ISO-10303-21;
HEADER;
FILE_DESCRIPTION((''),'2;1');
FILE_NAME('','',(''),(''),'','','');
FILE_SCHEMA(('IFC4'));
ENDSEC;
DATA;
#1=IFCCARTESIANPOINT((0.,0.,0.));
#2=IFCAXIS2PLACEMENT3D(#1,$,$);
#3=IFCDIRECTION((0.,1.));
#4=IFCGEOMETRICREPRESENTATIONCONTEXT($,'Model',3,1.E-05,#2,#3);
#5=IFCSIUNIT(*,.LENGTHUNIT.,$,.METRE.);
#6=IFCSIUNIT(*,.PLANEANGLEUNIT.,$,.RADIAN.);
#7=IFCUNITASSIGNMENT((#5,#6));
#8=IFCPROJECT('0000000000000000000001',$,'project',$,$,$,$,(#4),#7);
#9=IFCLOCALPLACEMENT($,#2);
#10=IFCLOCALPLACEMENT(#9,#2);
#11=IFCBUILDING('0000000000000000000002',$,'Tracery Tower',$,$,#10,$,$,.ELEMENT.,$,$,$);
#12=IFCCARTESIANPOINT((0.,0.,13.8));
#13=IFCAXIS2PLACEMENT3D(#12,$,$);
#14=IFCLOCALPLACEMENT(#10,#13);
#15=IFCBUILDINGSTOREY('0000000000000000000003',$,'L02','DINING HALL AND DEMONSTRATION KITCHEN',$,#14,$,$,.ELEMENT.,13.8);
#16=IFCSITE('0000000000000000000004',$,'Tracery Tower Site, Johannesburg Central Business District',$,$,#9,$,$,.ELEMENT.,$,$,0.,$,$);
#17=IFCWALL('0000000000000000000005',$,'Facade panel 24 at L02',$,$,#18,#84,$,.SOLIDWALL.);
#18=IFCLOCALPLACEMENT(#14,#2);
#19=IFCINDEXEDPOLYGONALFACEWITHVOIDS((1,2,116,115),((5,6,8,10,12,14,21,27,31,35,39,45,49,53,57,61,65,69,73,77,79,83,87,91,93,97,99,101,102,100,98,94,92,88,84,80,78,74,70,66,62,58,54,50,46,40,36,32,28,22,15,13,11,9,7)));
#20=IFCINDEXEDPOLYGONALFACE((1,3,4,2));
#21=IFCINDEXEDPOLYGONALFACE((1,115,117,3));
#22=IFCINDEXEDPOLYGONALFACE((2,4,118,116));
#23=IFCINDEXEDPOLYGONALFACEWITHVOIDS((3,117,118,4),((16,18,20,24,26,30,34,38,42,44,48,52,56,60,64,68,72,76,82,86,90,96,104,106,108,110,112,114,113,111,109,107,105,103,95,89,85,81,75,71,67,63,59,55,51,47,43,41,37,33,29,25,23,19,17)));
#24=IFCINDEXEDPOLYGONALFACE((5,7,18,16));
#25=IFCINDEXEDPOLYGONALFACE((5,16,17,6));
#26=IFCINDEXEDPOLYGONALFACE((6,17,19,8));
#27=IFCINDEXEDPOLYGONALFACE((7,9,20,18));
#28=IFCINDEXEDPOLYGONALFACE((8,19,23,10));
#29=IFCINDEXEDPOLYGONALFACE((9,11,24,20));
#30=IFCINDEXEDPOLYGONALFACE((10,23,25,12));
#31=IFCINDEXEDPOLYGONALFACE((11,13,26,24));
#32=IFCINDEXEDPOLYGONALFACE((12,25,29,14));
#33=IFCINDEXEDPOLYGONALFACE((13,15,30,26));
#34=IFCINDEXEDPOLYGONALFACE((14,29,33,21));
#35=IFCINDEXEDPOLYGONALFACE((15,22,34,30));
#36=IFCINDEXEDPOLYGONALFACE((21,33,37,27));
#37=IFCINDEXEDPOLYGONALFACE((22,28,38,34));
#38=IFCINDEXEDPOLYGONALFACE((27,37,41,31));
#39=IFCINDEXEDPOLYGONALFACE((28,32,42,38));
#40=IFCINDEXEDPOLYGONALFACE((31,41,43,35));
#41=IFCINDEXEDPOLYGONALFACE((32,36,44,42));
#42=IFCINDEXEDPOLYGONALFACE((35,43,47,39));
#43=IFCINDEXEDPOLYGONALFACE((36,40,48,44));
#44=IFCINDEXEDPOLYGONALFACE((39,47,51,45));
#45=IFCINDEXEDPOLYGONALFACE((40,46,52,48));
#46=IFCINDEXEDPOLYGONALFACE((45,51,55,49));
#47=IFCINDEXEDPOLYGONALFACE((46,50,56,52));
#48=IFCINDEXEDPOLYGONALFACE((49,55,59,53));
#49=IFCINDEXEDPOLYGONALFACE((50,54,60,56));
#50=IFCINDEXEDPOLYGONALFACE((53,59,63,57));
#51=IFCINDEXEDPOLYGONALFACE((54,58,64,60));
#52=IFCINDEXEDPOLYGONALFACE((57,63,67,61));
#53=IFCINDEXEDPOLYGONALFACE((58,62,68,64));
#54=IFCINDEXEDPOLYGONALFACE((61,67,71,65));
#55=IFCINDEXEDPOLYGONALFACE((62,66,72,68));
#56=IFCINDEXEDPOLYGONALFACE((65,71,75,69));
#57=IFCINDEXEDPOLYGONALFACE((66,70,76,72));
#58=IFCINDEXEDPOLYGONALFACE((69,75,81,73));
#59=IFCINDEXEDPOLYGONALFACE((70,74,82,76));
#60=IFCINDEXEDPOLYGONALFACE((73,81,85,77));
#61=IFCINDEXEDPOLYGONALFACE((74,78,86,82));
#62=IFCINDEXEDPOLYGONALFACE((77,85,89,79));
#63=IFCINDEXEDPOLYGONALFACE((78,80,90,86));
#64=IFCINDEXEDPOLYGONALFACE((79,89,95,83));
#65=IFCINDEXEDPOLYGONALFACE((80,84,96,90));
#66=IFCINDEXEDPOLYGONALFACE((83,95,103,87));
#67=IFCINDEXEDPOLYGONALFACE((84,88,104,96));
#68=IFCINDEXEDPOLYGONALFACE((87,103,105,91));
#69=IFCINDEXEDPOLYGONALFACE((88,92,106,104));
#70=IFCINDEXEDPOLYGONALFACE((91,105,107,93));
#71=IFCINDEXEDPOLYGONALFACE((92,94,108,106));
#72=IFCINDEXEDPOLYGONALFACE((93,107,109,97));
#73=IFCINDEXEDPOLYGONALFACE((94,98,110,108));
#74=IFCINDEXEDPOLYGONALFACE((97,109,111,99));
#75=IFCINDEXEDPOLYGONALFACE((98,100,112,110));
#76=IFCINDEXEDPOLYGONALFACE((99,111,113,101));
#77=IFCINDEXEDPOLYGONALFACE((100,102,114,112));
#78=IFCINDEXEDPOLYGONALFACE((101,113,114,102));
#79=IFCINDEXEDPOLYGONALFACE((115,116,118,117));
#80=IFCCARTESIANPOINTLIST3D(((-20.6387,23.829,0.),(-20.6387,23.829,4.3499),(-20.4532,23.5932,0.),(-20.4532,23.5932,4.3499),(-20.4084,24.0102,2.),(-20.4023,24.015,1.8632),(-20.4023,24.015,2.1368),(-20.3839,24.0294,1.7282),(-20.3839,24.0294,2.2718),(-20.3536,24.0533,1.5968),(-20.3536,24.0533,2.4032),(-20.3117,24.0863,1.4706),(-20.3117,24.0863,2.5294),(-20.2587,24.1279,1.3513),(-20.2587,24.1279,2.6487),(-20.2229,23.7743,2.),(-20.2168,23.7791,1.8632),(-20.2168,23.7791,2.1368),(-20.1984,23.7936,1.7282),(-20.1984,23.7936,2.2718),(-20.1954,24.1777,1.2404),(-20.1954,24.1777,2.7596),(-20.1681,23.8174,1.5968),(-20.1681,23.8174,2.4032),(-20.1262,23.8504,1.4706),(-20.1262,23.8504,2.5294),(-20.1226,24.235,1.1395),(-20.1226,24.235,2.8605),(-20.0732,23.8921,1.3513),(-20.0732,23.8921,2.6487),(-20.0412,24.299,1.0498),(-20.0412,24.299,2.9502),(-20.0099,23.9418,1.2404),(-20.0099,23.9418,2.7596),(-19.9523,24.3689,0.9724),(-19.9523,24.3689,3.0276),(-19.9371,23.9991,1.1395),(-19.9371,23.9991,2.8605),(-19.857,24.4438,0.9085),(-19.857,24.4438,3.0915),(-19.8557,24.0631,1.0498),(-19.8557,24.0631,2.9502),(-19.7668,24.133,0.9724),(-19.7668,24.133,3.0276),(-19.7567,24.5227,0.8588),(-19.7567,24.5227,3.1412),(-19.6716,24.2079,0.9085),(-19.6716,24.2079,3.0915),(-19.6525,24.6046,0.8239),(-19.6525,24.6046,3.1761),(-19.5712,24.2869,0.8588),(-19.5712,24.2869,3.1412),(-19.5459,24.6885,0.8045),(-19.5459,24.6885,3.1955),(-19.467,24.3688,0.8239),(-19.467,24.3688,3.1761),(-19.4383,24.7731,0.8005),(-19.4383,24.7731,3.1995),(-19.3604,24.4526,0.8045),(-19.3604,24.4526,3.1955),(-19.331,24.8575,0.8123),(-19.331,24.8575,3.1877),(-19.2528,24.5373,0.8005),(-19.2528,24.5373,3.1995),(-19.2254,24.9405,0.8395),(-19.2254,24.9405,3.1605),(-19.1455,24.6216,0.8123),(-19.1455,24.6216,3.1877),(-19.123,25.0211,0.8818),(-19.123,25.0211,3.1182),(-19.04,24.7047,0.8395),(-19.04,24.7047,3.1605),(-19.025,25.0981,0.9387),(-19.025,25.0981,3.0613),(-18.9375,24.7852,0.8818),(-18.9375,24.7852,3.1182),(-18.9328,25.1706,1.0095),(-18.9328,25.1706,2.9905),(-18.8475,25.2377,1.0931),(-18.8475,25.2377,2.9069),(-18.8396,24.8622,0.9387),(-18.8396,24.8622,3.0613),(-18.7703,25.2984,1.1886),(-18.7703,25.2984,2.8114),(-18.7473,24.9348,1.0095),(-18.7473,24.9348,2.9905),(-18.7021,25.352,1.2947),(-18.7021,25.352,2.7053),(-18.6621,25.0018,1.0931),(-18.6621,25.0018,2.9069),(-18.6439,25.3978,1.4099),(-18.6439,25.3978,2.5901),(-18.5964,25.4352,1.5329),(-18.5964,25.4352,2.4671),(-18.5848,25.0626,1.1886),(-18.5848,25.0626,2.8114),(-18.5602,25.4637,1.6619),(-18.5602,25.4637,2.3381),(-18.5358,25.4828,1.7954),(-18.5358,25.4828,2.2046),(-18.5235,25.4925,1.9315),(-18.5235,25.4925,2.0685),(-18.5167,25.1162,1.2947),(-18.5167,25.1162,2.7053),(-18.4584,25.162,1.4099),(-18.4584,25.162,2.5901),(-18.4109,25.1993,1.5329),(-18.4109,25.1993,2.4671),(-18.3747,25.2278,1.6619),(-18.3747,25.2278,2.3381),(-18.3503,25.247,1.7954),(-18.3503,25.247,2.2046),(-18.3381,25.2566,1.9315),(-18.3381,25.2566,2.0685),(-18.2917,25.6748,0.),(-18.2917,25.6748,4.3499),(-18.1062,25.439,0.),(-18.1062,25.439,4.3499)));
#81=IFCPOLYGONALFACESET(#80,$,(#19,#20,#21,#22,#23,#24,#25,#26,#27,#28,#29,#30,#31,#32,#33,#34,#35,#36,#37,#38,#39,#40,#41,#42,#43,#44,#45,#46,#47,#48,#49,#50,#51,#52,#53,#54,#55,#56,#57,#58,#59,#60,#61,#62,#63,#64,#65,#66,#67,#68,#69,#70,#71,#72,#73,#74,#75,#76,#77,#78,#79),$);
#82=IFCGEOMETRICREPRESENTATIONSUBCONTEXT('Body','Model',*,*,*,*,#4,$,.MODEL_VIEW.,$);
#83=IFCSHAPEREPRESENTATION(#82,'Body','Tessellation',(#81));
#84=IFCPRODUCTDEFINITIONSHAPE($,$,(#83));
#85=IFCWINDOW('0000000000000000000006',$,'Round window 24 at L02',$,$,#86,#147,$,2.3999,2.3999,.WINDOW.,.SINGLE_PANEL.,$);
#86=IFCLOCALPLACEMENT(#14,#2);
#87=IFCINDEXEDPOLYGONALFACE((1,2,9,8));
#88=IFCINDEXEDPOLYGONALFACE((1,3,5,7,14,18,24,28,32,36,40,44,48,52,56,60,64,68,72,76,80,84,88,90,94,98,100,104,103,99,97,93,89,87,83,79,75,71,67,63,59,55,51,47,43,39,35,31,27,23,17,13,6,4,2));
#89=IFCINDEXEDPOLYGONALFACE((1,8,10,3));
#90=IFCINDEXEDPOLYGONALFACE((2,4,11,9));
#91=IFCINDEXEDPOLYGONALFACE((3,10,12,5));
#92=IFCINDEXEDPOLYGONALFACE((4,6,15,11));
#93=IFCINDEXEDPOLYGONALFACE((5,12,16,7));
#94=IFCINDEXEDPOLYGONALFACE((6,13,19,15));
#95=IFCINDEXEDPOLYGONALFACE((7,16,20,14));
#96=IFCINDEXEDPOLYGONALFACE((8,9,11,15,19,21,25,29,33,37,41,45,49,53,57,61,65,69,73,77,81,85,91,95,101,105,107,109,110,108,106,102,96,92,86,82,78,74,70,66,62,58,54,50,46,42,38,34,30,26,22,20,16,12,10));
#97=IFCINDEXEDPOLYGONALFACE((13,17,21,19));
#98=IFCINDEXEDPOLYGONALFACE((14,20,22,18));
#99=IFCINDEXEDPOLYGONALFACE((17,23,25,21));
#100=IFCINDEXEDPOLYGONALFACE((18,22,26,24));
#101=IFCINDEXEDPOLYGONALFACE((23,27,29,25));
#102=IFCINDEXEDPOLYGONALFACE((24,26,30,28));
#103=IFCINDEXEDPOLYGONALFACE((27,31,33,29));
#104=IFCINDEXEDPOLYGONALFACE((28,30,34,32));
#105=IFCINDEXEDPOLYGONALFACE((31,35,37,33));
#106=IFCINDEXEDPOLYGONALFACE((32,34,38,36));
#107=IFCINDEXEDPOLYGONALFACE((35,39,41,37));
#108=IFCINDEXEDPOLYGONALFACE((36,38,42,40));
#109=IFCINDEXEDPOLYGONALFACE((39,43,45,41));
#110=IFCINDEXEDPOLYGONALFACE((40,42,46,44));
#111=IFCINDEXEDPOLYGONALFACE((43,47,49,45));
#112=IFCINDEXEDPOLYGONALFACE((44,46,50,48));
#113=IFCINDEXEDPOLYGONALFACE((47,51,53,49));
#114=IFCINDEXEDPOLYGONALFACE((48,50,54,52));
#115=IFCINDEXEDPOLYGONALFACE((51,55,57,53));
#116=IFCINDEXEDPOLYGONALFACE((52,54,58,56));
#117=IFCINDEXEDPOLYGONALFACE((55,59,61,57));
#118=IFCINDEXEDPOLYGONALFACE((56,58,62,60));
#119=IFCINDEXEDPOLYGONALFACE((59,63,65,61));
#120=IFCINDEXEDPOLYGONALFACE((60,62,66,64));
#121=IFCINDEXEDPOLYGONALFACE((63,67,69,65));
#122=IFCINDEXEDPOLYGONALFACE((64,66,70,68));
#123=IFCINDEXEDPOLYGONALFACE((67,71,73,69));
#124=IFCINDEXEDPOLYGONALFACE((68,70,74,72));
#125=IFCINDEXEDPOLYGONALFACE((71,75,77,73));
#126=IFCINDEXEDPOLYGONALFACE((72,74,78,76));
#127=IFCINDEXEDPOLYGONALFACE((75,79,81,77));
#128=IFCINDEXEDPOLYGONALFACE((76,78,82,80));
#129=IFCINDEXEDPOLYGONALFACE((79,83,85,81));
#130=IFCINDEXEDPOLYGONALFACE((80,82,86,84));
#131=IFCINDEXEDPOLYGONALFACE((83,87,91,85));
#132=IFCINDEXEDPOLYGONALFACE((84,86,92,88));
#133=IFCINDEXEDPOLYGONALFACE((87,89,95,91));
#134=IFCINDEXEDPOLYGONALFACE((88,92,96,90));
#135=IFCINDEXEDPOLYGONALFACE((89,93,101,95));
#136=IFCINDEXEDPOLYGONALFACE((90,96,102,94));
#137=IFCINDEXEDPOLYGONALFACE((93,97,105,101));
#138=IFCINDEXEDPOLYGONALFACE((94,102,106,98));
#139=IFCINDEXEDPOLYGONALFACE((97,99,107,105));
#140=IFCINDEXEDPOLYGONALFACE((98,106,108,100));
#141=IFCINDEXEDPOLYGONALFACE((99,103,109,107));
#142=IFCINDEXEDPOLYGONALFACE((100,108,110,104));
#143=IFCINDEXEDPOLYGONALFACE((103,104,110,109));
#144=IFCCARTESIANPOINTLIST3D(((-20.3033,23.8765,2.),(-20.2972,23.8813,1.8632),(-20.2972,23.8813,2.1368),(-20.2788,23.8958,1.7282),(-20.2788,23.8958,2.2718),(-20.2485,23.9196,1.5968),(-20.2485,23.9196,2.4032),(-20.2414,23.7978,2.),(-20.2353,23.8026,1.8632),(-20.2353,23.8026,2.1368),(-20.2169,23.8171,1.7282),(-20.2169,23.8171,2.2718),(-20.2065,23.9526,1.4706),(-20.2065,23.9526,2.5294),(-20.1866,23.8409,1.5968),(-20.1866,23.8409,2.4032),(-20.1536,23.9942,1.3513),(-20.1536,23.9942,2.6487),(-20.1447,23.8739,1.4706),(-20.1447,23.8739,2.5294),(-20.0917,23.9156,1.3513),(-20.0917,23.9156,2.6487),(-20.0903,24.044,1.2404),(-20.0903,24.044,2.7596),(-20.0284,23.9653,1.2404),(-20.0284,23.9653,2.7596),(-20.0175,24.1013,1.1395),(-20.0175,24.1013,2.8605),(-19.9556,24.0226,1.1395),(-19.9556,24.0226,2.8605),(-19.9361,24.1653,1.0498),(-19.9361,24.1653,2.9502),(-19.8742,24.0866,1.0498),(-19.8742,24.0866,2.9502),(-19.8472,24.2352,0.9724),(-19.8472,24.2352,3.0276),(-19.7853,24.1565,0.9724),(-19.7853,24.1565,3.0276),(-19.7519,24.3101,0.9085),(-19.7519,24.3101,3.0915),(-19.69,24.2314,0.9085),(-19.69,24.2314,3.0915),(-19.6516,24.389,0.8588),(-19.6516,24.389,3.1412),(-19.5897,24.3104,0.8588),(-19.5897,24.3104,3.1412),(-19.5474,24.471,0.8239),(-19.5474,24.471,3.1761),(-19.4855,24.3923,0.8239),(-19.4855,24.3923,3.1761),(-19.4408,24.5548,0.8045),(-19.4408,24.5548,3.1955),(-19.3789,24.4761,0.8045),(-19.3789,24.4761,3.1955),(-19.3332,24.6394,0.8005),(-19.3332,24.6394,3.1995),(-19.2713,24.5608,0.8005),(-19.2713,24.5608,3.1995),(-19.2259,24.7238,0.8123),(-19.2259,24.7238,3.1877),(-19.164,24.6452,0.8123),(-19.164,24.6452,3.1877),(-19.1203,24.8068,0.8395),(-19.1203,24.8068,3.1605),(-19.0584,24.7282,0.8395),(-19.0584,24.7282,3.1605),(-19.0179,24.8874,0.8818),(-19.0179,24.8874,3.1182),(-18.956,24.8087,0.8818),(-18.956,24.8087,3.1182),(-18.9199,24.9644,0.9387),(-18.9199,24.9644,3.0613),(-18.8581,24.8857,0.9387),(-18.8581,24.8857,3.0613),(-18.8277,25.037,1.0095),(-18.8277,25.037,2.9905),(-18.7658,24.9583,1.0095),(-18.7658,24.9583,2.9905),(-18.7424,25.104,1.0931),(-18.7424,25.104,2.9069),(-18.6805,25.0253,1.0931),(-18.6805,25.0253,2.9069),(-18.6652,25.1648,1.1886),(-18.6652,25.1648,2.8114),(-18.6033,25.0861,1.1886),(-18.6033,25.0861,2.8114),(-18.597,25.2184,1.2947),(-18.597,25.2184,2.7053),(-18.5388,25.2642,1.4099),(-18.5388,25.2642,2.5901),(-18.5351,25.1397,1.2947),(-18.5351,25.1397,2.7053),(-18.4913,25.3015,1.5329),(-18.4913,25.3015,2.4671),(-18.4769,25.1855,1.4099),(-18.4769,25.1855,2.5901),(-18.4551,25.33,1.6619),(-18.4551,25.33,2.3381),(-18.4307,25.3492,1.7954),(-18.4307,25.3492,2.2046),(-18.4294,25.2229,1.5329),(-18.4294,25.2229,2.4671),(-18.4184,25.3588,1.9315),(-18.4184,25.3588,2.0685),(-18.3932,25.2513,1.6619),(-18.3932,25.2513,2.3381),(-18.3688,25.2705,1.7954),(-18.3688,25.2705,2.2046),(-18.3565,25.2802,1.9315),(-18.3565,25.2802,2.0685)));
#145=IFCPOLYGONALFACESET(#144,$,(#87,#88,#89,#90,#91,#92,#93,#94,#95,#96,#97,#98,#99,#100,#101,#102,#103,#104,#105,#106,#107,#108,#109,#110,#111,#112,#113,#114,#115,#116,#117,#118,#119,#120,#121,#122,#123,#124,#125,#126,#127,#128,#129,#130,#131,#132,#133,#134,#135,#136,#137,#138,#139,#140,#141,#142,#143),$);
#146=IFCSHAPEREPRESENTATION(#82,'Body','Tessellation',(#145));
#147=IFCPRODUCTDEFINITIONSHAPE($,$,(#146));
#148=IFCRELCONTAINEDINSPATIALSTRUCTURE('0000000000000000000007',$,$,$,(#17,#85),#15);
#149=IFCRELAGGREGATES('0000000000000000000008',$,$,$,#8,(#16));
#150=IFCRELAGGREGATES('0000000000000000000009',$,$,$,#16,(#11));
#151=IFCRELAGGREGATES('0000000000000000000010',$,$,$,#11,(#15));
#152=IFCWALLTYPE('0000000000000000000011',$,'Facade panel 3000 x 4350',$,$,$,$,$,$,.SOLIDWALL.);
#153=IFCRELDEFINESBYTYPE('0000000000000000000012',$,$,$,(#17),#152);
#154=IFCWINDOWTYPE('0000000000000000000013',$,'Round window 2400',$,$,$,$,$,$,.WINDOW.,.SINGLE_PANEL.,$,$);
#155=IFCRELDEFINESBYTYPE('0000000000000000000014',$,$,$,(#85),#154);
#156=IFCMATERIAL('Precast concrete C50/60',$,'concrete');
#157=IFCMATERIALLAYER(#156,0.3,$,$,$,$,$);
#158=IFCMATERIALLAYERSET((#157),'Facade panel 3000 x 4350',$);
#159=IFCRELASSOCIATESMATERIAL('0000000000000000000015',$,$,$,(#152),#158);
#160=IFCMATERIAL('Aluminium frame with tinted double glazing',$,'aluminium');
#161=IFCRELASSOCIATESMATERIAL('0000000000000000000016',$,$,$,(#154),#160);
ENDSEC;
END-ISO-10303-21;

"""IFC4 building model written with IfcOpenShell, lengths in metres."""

from ifc_helpers import new_model, si_unit, direction, frame, frame_2d, origin, origin_2d, place, context, subcontext, project, spatial, rectangle, circle, extrude, material, layer, layer_set, type_object, element, fill, save


model = new_model("IFC4")

# Units and contexts
model_context = context("Model", 3, precision=1e-05, world=origin(), true_north=direction((0.0, 1.0)))
body_context = subcontext(model_context, "Body", "Model", "MODEL_VIEW")
ifc_project = project(units=[si_unit("LENGTHUNIT", "METRE"), si_unit("PLANEANGLEUNIT", "RADIAN")], contexts=[model_context])

# Site, building, storey
site_placement = place(None, origin())
site = spatial("IfcSite", under=ifc_project, at=site_placement, Name="Tracery Tower Site, Johannesburg Central Business District", CompositionType="ELEMENT", RefElevation=0.0)
building_placement = place(site_placement, origin())
building = spatial("IfcBuilding", under=site, at=building_placement, Name="Tracery Tower", CompositionType="ELEMENT")
storey_placement = place(building_placement, frame((0.0, 0.0, 13.8)))
storey = spatial("IfcBuildingStorey", under=building, at=storey_placement, Name="L02", Description="DINING HALL AND DEMONSTRATION KITCHEN", CompositionType="ELEMENT", Elevation=13.8)

# Wall, opening, window
ifc_material_1 = material(Name="Precast concrete C50/60", Category="concrete")
ifc_layer_1 = layer(ifc_material_1, 0.3)
ifc_layer_set_1 = layer_set([ifc_layer_1], Name="Facade panel 3000 x 4350")
wall_type_1 = type_object("IfcWallType", Name="Facade panel 3000 x 4350", PredefinedType="SOLIDWALL", material=ifc_layer_set_1)
wall_1_placement = place(storey_placement, frame((-18.199, 25.5569, 0.0), z_axis=(0.0, 0.0, 1.0), x_axis=(-0.786043, -0.618172, 0.0)))
wall_1 = element("IfcWall", 1, at=wall_1_placement, inside=storey, type_object=wall_type_1, Name="Facade panel 24 at L02", PredefinedType="SOLIDWALL", context=body_context, shape_type="SweptSolid", body=[
    extrude(rectangle(XDim=2.9858, YDim=0.3, at=frame_2d((1.4929, 0.0))), origin(), (0.0, 0.0, 1.0), 4.3499),
])
opening_1_placement = place(wall_1_placement, frame((1.4929, 0.0, 2.0)))
opening_1 = element("IfcOpeningElement", 2, at=opening_1_placement, cuts=wall_1, PredefinedType="OPENING", context=body_context, shape_type="SweptSolid", body=[
    extrude(circle(Radius=1.2, at=origin_2d()), frame((0.0, 0.1599, 0.0), z_axis=(0.0, -1.0, 0.0), x_axis=(1.0, 0.0, 0.0)), (0.0, 0.0, 1.0), 0.3201),
])
ifc_material_2 = material(Name="Aluminium frame with tinted double glazing", Category="aluminium")
window_type = type_object("IfcWindowType", Name="Round window 2400", PartitioningType="SINGLE_PANEL", PredefinedType="WINDOW", material=ifc_material_2)
window_1_placement = place(opening_1_placement, origin())
window_1 = element("IfcWindow", 3, at=window_1_placement, inside=storey, type_object=window_type, Name="Round window 24 at L02", OverallHeight=2.3999, OverallWidth=2.3999, PartitioningType="SINGLE_PANEL", PredefinedType="WINDOW", context=body_context, shape_type="SweptSolid", body=[
    extrude(circle(Radius=1.2, at=origin_2d()), frame((0.0, 0.1201, 0.0), z_axis=(0.0, -1.0, 0.0), x_axis=(1.0, 0.0, 0.0)), (0.0, 0.0, 1.0), 0.1001),
])
fill(opening_1, window_1)

save(model, "model.ifc")
